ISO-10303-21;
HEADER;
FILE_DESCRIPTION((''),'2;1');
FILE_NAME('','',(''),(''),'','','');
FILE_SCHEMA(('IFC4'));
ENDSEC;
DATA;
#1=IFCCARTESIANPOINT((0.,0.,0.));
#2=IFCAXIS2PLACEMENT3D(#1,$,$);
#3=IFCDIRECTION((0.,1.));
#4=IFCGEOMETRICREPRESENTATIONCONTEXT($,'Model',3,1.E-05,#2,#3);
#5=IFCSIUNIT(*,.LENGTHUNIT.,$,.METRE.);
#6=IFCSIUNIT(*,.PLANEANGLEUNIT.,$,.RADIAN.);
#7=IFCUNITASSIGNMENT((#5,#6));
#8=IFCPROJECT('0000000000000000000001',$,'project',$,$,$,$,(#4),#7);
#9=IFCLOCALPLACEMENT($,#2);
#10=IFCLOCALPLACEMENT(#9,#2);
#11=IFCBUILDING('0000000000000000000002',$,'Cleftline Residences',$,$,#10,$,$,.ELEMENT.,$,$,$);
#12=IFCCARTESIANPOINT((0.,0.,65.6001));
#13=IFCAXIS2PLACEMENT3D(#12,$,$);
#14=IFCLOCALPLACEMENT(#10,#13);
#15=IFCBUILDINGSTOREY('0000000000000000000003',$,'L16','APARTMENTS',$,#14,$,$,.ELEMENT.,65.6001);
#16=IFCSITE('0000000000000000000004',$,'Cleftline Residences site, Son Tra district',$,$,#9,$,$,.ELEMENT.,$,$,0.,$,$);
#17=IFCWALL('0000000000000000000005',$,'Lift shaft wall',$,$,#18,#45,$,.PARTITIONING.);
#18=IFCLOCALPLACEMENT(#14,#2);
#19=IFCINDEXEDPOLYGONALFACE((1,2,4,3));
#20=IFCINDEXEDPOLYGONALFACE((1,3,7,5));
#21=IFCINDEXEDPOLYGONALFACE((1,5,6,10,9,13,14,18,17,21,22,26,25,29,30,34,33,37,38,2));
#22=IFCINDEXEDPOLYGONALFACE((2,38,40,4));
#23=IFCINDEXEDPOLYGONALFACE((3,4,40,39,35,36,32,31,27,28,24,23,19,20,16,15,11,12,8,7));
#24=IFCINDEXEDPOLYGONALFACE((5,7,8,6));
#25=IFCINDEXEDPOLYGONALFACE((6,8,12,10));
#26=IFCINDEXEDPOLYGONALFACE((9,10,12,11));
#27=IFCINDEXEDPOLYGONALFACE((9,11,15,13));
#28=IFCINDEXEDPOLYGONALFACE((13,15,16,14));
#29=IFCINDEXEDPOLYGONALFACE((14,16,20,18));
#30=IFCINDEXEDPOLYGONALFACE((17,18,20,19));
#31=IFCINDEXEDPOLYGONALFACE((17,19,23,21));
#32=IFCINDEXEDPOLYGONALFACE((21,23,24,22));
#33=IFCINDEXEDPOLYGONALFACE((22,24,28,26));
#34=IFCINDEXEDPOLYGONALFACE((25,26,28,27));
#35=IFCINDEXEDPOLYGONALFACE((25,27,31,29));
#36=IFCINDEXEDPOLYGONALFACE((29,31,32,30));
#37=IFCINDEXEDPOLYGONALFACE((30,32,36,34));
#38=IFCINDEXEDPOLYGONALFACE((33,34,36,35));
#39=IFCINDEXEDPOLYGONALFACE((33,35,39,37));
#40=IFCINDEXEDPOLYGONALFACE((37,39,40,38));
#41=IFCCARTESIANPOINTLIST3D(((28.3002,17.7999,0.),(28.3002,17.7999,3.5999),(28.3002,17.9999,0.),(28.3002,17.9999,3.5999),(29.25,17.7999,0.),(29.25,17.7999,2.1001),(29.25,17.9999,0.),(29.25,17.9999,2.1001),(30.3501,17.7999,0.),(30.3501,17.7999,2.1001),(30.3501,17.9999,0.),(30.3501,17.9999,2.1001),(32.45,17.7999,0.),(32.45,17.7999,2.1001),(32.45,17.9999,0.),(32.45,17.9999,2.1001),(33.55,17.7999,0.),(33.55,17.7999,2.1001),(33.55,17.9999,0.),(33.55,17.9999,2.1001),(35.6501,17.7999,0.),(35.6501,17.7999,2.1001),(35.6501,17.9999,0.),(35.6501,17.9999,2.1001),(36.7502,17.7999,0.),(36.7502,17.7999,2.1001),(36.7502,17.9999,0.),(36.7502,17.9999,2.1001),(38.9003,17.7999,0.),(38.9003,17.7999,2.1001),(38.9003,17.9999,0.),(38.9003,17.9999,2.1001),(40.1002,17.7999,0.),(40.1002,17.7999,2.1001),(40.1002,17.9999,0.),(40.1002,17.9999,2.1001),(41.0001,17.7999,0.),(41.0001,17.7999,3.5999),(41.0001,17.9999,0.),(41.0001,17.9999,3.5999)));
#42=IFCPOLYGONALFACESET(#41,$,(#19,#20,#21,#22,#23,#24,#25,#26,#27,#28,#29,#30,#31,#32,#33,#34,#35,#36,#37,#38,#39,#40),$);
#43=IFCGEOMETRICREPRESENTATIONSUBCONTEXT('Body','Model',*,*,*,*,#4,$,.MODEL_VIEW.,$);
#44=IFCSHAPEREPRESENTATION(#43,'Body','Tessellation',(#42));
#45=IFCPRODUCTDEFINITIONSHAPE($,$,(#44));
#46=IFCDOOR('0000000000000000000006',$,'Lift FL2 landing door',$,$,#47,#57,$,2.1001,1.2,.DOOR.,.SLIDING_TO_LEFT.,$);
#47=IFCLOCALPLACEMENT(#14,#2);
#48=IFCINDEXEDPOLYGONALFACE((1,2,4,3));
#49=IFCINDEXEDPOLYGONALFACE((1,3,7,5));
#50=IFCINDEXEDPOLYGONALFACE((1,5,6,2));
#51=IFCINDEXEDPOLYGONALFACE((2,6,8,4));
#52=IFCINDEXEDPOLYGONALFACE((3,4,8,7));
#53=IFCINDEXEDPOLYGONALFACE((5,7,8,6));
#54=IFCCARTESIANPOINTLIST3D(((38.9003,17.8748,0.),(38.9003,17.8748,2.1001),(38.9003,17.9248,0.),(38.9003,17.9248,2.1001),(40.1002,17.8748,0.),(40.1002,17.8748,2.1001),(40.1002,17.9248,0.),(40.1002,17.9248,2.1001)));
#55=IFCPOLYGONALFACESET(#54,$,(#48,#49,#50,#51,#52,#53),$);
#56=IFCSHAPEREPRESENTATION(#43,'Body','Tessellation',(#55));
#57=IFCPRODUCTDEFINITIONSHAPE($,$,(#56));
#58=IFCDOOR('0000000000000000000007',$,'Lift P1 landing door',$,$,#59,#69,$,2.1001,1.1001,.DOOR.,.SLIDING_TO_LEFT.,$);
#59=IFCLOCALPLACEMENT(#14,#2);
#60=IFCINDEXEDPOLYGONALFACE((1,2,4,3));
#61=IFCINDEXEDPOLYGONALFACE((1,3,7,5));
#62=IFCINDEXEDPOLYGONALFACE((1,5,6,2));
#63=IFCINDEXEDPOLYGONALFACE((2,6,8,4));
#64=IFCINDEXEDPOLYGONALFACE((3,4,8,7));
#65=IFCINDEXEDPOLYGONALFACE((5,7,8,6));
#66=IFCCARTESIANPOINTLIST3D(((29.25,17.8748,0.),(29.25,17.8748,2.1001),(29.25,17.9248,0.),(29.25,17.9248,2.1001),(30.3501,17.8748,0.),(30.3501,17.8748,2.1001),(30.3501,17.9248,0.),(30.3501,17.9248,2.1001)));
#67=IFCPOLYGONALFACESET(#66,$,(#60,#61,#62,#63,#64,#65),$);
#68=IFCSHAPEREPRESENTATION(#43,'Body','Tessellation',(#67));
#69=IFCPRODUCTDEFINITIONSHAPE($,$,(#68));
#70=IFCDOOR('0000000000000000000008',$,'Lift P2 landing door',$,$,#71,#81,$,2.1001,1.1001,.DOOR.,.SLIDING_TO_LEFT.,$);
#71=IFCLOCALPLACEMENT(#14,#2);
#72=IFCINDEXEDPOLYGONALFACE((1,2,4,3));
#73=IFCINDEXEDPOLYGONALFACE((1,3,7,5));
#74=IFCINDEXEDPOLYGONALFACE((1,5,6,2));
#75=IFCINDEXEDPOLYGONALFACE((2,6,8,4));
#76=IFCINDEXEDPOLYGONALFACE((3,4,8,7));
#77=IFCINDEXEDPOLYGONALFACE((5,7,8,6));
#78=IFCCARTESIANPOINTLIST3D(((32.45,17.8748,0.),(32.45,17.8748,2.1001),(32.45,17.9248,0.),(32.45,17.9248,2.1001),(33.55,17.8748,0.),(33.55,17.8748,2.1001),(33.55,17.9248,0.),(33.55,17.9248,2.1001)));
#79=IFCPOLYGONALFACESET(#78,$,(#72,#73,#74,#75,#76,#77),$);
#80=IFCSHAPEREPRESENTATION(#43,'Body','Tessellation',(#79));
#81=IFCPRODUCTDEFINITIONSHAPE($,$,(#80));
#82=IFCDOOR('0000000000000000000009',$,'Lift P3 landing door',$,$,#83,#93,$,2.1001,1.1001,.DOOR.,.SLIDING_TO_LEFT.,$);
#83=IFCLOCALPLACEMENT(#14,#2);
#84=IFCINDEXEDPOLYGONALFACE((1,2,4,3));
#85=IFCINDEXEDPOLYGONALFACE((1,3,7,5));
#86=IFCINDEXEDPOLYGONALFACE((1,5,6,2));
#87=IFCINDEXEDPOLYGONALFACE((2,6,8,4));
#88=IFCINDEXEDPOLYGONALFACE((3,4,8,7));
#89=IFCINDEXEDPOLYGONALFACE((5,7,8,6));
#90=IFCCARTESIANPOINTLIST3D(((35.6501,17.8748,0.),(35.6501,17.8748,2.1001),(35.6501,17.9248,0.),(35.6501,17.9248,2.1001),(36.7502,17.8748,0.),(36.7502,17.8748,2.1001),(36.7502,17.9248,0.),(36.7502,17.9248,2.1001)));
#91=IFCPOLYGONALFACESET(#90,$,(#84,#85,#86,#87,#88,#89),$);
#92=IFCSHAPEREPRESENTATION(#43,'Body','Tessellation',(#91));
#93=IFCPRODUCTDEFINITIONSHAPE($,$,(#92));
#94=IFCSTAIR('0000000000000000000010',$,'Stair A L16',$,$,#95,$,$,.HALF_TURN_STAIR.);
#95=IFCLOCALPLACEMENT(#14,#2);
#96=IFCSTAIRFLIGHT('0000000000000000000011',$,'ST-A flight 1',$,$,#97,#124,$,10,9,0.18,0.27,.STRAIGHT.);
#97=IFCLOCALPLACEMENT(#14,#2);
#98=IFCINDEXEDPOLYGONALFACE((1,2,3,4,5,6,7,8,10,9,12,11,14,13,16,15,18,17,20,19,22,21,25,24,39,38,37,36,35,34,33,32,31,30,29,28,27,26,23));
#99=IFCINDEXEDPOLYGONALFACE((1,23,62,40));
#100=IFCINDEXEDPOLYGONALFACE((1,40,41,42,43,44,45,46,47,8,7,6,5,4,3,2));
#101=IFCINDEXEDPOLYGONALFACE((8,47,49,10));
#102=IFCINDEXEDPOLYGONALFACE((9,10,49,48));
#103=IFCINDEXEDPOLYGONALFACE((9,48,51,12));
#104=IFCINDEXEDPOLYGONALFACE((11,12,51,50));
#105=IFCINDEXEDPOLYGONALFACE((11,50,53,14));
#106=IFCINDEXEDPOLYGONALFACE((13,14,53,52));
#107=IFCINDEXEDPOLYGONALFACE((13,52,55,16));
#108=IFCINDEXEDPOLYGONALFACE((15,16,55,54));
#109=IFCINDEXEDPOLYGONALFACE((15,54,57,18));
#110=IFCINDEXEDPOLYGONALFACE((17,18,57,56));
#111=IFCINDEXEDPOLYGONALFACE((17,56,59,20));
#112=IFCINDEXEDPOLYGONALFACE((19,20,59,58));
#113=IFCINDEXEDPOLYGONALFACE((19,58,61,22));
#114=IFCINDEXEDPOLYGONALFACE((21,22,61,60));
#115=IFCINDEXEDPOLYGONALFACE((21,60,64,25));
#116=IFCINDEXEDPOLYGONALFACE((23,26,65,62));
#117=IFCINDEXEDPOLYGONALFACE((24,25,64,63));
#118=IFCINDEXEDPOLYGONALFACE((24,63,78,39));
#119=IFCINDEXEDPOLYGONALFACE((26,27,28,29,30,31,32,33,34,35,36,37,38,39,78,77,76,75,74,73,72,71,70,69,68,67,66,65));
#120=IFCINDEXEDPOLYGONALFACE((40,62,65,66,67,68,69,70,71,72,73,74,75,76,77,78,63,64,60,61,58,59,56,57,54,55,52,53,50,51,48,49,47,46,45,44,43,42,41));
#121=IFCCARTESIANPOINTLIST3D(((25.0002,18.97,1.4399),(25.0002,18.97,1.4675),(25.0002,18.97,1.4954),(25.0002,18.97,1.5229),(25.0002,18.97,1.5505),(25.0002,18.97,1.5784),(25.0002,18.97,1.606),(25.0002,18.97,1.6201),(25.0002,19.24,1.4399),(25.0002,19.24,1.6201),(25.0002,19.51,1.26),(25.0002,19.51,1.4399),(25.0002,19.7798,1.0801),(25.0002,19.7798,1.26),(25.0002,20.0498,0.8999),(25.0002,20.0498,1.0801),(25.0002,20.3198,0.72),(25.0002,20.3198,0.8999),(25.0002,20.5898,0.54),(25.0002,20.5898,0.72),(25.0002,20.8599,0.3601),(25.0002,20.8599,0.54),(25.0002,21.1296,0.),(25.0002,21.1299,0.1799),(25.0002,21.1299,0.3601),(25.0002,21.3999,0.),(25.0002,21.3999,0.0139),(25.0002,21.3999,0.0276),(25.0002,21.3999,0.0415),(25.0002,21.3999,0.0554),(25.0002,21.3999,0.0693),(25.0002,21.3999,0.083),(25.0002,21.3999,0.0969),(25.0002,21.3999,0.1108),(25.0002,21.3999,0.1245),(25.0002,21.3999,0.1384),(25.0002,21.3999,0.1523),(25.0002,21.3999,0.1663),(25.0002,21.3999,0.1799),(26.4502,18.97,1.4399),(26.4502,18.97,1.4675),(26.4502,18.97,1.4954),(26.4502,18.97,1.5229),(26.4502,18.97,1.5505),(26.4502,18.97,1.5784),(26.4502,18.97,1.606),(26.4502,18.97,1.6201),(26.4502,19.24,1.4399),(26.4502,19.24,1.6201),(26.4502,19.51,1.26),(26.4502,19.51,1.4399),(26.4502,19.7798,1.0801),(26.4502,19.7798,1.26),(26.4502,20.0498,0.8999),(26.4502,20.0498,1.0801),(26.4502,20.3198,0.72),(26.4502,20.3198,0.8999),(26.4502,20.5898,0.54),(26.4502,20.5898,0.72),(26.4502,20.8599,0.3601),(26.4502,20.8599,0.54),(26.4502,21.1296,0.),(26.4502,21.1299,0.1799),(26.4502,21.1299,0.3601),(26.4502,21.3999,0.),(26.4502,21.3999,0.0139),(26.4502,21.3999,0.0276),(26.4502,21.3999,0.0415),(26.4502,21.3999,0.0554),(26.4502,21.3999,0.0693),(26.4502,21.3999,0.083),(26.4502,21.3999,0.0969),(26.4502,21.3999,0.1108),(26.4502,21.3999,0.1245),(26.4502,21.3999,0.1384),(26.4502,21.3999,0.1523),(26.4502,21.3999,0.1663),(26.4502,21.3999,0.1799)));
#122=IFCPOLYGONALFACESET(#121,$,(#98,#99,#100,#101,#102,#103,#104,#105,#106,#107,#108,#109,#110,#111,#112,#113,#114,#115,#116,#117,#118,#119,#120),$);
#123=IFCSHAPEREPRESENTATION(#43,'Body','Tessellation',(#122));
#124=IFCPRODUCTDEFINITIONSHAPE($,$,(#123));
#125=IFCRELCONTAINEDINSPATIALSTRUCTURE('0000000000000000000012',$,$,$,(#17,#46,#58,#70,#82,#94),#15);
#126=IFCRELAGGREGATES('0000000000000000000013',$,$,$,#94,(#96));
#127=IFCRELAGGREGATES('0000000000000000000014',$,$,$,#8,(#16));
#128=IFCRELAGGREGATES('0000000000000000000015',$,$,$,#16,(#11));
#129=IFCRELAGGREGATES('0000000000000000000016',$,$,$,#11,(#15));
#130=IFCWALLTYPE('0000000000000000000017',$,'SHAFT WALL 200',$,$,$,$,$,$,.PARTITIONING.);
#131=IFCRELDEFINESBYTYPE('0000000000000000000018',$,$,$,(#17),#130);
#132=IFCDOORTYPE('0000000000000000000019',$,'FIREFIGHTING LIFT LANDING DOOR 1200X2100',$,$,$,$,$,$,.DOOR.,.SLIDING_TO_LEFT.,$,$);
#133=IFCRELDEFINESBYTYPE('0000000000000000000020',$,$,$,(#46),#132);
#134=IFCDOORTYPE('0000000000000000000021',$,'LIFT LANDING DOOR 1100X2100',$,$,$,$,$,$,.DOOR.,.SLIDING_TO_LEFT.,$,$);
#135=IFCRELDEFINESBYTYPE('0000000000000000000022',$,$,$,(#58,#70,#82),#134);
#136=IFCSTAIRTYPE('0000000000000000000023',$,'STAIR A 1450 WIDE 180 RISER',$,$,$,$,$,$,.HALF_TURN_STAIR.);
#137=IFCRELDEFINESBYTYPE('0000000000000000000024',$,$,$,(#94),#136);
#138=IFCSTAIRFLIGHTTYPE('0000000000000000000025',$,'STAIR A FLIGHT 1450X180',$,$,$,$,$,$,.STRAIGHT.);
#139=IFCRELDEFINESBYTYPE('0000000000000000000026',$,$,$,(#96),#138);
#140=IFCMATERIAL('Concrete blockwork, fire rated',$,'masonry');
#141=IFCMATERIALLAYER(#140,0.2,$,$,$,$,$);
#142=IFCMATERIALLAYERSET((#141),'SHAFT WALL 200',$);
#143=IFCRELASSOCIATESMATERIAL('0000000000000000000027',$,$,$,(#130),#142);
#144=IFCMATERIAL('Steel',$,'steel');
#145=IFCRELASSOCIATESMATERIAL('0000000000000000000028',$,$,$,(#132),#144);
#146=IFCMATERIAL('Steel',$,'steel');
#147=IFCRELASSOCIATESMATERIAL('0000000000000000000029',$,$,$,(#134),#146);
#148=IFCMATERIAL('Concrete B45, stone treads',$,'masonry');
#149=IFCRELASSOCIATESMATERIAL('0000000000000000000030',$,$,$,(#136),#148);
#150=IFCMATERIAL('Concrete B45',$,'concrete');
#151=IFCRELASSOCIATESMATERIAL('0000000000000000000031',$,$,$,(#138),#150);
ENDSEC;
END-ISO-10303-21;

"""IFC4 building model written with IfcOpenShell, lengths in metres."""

from ifc_helpers import new_model, si_unit, direction, frame, frame_2d, origin, place, context, subcontext, project, spatial, polyline, rectangle, outline, extrude, material, layer, layer_set, type_object, element, fill, aggregate, save


model = new_model("IFC4")

# Units and contexts
model_context = context("Model", 3, precision=1e-05, world=origin(), true_north=direction((0.0, 1.0)))
body_context = subcontext(model_context, "Body", "Model", "MODEL_VIEW")
ifc_project = project(units=[si_unit("LENGTHUNIT", "METRE"), si_unit("PLANEANGLEUNIT", "RADIAN")], contexts=[model_context])

# Site, building, storey
site_placement = place(None, origin())
site = spatial("IfcSite", under=ifc_project, at=site_placement, Name="Cleftline Residences site, Son Tra district", CompositionType="ELEMENT", RefElevation=0.0)
building_placement = place(site_placement, origin())
building = spatial("IfcBuilding", under=site, at=building_placement, Name="Cleftline Residences", CompositionType="ELEMENT")
storey_placement = place(building_placement, frame((0.0, 0.0, 65.6001)))
storey = spatial("IfcBuildingStorey", under=building, at=storey_placement, Name="L16", Description="APARTMENTS", CompositionType="ELEMENT", Elevation=65.6001)

# Wall, openings, doors
ifc_material_1 = material(Name="Concrete blockwork, fire rated", Category="masonry")
ifc_layer_1 = layer(ifc_material_1, 0.2)
ifc_layer_set_1 = layer_set([ifc_layer_1], Name="SHAFT WALL 200")
wall_type_1 = type_object("IfcWallType", Name="SHAFT WALL 200", PredefinedType="PARTITIONING", material=ifc_layer_set_1)
wall_1_placement = place(storey_placement, frame((28.3, 17.8999, 0.0), z_axis=(0.0, 0.0, 1.0), x_axis=(1.0, 0.0, 0.0)))
wall_1 = element("IfcWall", 1, at=wall_1_placement, inside=storey, type_object=wall_type_1, Name="Lift shaft wall", PredefinedType="PARTITIONING", context=body_context, shape_type="SweptSolid", body=[
    extrude(rectangle(XDim=12.7, YDim=0.2, at=frame_2d((6.3501, 0.0))), origin(), (0.0, 0.0, 1.0), 3.5999),
])
opening_1_placement = place(wall_1_placement, frame((0.95, 0.0, 0.0)))
opening_1 = element("IfcOpeningElement", 2, at=opening_1_placement, cuts=wall_1, PredefinedType="OPENING", context=body_context, shape_type="SweptSolid", body=[
    extrude(rectangle(XDim=1.1001, YDim=2.1001, at=frame_2d((0.55, 1.05))), frame((0.0, 0.1099, 0.0), z_axis=(0.0, -1.0, 0.0), x_axis=(1.0, 0.0, 0.0)), (0.0, 0.0, 1.0), 0.22),
])
opening_2_placement = place(wall_1_placement, frame((4.1499, 0.0, 0.0)))
opening_2 = element("IfcOpeningElement", 3, at=opening_2_placement, cuts=wall_1, PredefinedType="OPENING", context=body_context, shape_type="SweptSolid", body=[
    extrude(rectangle(XDim=1.1001, YDim=2.1001, at=frame_2d((0.55, 1.05))), frame((0.0, 0.1099, 0.0), z_axis=(0.0, -1.0, 0.0), x_axis=(1.0, 0.0, 0.0)), (0.0, 0.0, 1.0), 0.22),
])
opening_3_placement = place(wall_1_placement, frame((7.3501, 0.0, 0.0)))
opening_3 = element("IfcOpeningElement", 4, at=opening_3_placement, cuts=wall_1, PredefinedType="OPENING", context=body_context, shape_type="SweptSolid", body=[
    extrude(rectangle(XDim=1.1001, YDim=2.1001, at=frame_2d((0.55, 1.05))), frame((0.0, 0.1099, 0.0), z_axis=(0.0, -1.0, 0.0), x_axis=(1.0, 0.0, 0.0)), (0.0, 0.0, 1.0), 0.22),
])
opening_4_placement = place(wall_1_placement, frame((10.6001, 0.0, 0.0)))
opening_4 = element("IfcOpeningElement", 5, at=opening_4_placement, cuts=wall_1, PredefinedType="OPENING", context=body_context, shape_type="SweptSolid", body=[
    extrude(rectangle(XDim=1.2, YDim=2.1001, at=frame_2d((0.6001, 1.05))), frame((0.0, 0.1099, 0.0), z_axis=(0.0, -1.0, 0.0), x_axis=(1.0, 0.0, 0.0)), (0.0, 0.0, 1.0), 0.22),
])
ifc_material_2 = material(Name="Steel", Category="steel")
door_type_1 = type_object("IfcDoorType", Name="FIREFIGHTING LIFT LANDING DOOR 1200X2100", OperationType="SLIDING_TO_LEFT", PredefinedType="DOOR", material=ifc_material_2)
door_1_placement = place(opening_4_placement, origin())
door_1 = element("IfcDoor", 6, at=door_1_placement, inside=storey, type_object=door_type_1, Name="Lift FL2 landing door", OperationType="SLIDING_TO_LEFT", OverallHeight=2.1001, OverallWidth=1.2, PredefinedType="DOOR", context=body_context, shape_type="SweptSolid", body=[
    extrude(rectangle(XDim=1.2, YDim=2.1001, at=frame_2d((0.6001, 1.05))), frame((0.0, 0.0249, 0.0), z_axis=(0.0, -1.0, 0.0), x_axis=(1.0, 0.0, 0.0)), (0.0, 0.0, 1.0), 0.05),
])
fill(opening_4, door_1)
ifc_material_3 = material(Name="Steel", Category="steel")
door_type_2 = type_object("IfcDoorType", Name="LIFT LANDING DOOR 1100X2100", OperationType="SLIDING_TO_LEFT", PredefinedType="DOOR", material=ifc_material_3)
door_2_placement = place(opening_1_placement, origin())
door_2 = element("IfcDoor", 7, at=door_2_placement, inside=storey, type_object=door_type_2, Name="Lift P1 landing door", OperationType="SLIDING_TO_LEFT", OverallHeight=2.1001, OverallWidth=1.1001, PredefinedType="DOOR", context=body_context, shape_type="SweptSolid", body=[
    extrude(rectangle(XDim=1.1001, YDim=2.1001, at=frame_2d((0.55, 1.05))), frame((0.0, 0.0249, 0.0), z_axis=(0.0, -1.0, 0.0), x_axis=(1.0, 0.0, 0.0)), (0.0, 0.0, 1.0), 0.05),
])
fill(opening_1, door_2)
door_3_placement = place(opening_2_placement, origin())
door_3 = element("IfcDoor", 8, at=door_3_placement, inside=storey, type_object=door_type_2, Name="Lift P2 landing door", OperationType="SLIDING_TO_LEFT", OverallHeight=2.1001, OverallWidth=1.1001, PredefinedType="DOOR", context=body_context, shape_type="SweptSolid", body=[
    extrude(rectangle(XDim=1.1001, YDim=2.1001, at=frame_2d((0.55, 1.05))), frame((0.0, 0.0249, 0.0), z_axis=(0.0, -1.0, 0.0), x_axis=(1.0, 0.0, 0.0)), (0.0, 0.0, 1.0), 0.05),
])
fill(opening_2, door_3)
door_4_placement = place(opening_3_placement, origin())
door_4 = element("IfcDoor", 9, at=door_4_placement, inside=storey, type_object=door_type_2, Name="Lift P3 landing door", OperationType="SLIDING_TO_LEFT", OverallHeight=2.1001, OverallWidth=1.1001, PredefinedType="DOOR", context=body_context, shape_type="SweptSolid", body=[
    extrude(rectangle(XDim=1.1001, YDim=2.1001, at=frame_2d((0.55, 1.05))), frame((0.0, 0.0249, 0.0), z_axis=(0.0, -1.0, 0.0), x_axis=(1.0, 0.0, 0.0)), (0.0, 0.0, 1.0), 0.05),
])
fill(opening_3, door_4)

# Stair, stair flight
ifc_material_4 = material(Name="Concrete B45, stone treads", Category="masonry")
stair_type = type_object("IfcStairType", Name="STAIR A 1450 WIDE 180 RISER", PredefinedType="HALF_TURN_STAIR", material=ifc_material_4)
stair_placement = place(storey_placement, origin())
stair = element("IfcStair", 10, at=stair_placement, inside=storey, type_object=stair_type, Name="Stair A L16", PredefinedType="HALF_TURN_STAIR")
ifc_material_5 = material(Name="Concrete B45", Category="concrete")
stair_flight_type = type_object("IfcStairFlightType", Name="STAIR A FLIGHT 1450X180", PredefinedType="STRAIGHT", material=ifc_material_5)
stair_flight_1_placement = place(storey_placement, frame((25.7251, 21.3999, 0.0), z_axis=(0.0, 0.0, 1.0), x_axis=(0.0, -1.0, 0.0)))
stair_flight_1 = element("IfcStairFlight", 11, at=stair_flight_1_placement, type_object=stair_flight_type, Name="ST-A flight 1", NumberOfRisers=10, NumberOfTreads=9, PredefinedType="STRAIGHT", RiserHeight=0.18, TreadLength=0.27, context=body_context, shape_type="SweptSolid", body=[
    extrude(outline(polyline([(0.0, 0.0), (0.0, 0.0139), (0.0, 0.0276), (0.0, 0.0415), (0.0, 0.0554), (0.0, 0.0693), (0.0, 0.083), (0.0, 0.0969), (0.0, 0.1108), (0.0, 0.1245), (0.0, 0.1384), (0.0, 0.1523), (0.0, 0.1663), (0.0, 0.1799), (0.27, 0.1799), (0.27, 0.3601), (0.54, 0.3601), (0.54, 0.54), (0.8101, 0.54), (0.8101, 0.72), (1.0801, 0.72), (1.0801, 0.8999), (1.3501, 0.8999), (1.3501, 1.0801), (1.6201, 1.0801), (1.6201, 1.26), (1.8899, 1.26), (1.8899, 1.4399), (2.1599, 1.4399), (2.1599, 1.6201), (2.4299, 1.6201), (2.4299, 1.8), (2.4299, 1.7722), (2.4299, 1.7446), (2.4299, 1.7168), (2.4299, 1.6892), (2.4299, 1.6614), (2.4299, 1.6338), (2.4299, 1.606), (2.4299, 1.5784), (2.4299, 1.5505), (2.4299, 1.5229), (2.4299, 1.4954), (2.4299, 1.4675), (2.4299, 1.4399), (0.2703, 0.0), (0.0, 0.0)])), frame((0.0, 0.7251, 0.0), z_axis=(0.0, -1.0, 0.0), x_axis=(1.0, 0.0, 0.0)), (0.0, 0.0, 1.0), 1.45),
])
aggregate(stair, [stair_flight_1])

save(model, "model.ifc")
